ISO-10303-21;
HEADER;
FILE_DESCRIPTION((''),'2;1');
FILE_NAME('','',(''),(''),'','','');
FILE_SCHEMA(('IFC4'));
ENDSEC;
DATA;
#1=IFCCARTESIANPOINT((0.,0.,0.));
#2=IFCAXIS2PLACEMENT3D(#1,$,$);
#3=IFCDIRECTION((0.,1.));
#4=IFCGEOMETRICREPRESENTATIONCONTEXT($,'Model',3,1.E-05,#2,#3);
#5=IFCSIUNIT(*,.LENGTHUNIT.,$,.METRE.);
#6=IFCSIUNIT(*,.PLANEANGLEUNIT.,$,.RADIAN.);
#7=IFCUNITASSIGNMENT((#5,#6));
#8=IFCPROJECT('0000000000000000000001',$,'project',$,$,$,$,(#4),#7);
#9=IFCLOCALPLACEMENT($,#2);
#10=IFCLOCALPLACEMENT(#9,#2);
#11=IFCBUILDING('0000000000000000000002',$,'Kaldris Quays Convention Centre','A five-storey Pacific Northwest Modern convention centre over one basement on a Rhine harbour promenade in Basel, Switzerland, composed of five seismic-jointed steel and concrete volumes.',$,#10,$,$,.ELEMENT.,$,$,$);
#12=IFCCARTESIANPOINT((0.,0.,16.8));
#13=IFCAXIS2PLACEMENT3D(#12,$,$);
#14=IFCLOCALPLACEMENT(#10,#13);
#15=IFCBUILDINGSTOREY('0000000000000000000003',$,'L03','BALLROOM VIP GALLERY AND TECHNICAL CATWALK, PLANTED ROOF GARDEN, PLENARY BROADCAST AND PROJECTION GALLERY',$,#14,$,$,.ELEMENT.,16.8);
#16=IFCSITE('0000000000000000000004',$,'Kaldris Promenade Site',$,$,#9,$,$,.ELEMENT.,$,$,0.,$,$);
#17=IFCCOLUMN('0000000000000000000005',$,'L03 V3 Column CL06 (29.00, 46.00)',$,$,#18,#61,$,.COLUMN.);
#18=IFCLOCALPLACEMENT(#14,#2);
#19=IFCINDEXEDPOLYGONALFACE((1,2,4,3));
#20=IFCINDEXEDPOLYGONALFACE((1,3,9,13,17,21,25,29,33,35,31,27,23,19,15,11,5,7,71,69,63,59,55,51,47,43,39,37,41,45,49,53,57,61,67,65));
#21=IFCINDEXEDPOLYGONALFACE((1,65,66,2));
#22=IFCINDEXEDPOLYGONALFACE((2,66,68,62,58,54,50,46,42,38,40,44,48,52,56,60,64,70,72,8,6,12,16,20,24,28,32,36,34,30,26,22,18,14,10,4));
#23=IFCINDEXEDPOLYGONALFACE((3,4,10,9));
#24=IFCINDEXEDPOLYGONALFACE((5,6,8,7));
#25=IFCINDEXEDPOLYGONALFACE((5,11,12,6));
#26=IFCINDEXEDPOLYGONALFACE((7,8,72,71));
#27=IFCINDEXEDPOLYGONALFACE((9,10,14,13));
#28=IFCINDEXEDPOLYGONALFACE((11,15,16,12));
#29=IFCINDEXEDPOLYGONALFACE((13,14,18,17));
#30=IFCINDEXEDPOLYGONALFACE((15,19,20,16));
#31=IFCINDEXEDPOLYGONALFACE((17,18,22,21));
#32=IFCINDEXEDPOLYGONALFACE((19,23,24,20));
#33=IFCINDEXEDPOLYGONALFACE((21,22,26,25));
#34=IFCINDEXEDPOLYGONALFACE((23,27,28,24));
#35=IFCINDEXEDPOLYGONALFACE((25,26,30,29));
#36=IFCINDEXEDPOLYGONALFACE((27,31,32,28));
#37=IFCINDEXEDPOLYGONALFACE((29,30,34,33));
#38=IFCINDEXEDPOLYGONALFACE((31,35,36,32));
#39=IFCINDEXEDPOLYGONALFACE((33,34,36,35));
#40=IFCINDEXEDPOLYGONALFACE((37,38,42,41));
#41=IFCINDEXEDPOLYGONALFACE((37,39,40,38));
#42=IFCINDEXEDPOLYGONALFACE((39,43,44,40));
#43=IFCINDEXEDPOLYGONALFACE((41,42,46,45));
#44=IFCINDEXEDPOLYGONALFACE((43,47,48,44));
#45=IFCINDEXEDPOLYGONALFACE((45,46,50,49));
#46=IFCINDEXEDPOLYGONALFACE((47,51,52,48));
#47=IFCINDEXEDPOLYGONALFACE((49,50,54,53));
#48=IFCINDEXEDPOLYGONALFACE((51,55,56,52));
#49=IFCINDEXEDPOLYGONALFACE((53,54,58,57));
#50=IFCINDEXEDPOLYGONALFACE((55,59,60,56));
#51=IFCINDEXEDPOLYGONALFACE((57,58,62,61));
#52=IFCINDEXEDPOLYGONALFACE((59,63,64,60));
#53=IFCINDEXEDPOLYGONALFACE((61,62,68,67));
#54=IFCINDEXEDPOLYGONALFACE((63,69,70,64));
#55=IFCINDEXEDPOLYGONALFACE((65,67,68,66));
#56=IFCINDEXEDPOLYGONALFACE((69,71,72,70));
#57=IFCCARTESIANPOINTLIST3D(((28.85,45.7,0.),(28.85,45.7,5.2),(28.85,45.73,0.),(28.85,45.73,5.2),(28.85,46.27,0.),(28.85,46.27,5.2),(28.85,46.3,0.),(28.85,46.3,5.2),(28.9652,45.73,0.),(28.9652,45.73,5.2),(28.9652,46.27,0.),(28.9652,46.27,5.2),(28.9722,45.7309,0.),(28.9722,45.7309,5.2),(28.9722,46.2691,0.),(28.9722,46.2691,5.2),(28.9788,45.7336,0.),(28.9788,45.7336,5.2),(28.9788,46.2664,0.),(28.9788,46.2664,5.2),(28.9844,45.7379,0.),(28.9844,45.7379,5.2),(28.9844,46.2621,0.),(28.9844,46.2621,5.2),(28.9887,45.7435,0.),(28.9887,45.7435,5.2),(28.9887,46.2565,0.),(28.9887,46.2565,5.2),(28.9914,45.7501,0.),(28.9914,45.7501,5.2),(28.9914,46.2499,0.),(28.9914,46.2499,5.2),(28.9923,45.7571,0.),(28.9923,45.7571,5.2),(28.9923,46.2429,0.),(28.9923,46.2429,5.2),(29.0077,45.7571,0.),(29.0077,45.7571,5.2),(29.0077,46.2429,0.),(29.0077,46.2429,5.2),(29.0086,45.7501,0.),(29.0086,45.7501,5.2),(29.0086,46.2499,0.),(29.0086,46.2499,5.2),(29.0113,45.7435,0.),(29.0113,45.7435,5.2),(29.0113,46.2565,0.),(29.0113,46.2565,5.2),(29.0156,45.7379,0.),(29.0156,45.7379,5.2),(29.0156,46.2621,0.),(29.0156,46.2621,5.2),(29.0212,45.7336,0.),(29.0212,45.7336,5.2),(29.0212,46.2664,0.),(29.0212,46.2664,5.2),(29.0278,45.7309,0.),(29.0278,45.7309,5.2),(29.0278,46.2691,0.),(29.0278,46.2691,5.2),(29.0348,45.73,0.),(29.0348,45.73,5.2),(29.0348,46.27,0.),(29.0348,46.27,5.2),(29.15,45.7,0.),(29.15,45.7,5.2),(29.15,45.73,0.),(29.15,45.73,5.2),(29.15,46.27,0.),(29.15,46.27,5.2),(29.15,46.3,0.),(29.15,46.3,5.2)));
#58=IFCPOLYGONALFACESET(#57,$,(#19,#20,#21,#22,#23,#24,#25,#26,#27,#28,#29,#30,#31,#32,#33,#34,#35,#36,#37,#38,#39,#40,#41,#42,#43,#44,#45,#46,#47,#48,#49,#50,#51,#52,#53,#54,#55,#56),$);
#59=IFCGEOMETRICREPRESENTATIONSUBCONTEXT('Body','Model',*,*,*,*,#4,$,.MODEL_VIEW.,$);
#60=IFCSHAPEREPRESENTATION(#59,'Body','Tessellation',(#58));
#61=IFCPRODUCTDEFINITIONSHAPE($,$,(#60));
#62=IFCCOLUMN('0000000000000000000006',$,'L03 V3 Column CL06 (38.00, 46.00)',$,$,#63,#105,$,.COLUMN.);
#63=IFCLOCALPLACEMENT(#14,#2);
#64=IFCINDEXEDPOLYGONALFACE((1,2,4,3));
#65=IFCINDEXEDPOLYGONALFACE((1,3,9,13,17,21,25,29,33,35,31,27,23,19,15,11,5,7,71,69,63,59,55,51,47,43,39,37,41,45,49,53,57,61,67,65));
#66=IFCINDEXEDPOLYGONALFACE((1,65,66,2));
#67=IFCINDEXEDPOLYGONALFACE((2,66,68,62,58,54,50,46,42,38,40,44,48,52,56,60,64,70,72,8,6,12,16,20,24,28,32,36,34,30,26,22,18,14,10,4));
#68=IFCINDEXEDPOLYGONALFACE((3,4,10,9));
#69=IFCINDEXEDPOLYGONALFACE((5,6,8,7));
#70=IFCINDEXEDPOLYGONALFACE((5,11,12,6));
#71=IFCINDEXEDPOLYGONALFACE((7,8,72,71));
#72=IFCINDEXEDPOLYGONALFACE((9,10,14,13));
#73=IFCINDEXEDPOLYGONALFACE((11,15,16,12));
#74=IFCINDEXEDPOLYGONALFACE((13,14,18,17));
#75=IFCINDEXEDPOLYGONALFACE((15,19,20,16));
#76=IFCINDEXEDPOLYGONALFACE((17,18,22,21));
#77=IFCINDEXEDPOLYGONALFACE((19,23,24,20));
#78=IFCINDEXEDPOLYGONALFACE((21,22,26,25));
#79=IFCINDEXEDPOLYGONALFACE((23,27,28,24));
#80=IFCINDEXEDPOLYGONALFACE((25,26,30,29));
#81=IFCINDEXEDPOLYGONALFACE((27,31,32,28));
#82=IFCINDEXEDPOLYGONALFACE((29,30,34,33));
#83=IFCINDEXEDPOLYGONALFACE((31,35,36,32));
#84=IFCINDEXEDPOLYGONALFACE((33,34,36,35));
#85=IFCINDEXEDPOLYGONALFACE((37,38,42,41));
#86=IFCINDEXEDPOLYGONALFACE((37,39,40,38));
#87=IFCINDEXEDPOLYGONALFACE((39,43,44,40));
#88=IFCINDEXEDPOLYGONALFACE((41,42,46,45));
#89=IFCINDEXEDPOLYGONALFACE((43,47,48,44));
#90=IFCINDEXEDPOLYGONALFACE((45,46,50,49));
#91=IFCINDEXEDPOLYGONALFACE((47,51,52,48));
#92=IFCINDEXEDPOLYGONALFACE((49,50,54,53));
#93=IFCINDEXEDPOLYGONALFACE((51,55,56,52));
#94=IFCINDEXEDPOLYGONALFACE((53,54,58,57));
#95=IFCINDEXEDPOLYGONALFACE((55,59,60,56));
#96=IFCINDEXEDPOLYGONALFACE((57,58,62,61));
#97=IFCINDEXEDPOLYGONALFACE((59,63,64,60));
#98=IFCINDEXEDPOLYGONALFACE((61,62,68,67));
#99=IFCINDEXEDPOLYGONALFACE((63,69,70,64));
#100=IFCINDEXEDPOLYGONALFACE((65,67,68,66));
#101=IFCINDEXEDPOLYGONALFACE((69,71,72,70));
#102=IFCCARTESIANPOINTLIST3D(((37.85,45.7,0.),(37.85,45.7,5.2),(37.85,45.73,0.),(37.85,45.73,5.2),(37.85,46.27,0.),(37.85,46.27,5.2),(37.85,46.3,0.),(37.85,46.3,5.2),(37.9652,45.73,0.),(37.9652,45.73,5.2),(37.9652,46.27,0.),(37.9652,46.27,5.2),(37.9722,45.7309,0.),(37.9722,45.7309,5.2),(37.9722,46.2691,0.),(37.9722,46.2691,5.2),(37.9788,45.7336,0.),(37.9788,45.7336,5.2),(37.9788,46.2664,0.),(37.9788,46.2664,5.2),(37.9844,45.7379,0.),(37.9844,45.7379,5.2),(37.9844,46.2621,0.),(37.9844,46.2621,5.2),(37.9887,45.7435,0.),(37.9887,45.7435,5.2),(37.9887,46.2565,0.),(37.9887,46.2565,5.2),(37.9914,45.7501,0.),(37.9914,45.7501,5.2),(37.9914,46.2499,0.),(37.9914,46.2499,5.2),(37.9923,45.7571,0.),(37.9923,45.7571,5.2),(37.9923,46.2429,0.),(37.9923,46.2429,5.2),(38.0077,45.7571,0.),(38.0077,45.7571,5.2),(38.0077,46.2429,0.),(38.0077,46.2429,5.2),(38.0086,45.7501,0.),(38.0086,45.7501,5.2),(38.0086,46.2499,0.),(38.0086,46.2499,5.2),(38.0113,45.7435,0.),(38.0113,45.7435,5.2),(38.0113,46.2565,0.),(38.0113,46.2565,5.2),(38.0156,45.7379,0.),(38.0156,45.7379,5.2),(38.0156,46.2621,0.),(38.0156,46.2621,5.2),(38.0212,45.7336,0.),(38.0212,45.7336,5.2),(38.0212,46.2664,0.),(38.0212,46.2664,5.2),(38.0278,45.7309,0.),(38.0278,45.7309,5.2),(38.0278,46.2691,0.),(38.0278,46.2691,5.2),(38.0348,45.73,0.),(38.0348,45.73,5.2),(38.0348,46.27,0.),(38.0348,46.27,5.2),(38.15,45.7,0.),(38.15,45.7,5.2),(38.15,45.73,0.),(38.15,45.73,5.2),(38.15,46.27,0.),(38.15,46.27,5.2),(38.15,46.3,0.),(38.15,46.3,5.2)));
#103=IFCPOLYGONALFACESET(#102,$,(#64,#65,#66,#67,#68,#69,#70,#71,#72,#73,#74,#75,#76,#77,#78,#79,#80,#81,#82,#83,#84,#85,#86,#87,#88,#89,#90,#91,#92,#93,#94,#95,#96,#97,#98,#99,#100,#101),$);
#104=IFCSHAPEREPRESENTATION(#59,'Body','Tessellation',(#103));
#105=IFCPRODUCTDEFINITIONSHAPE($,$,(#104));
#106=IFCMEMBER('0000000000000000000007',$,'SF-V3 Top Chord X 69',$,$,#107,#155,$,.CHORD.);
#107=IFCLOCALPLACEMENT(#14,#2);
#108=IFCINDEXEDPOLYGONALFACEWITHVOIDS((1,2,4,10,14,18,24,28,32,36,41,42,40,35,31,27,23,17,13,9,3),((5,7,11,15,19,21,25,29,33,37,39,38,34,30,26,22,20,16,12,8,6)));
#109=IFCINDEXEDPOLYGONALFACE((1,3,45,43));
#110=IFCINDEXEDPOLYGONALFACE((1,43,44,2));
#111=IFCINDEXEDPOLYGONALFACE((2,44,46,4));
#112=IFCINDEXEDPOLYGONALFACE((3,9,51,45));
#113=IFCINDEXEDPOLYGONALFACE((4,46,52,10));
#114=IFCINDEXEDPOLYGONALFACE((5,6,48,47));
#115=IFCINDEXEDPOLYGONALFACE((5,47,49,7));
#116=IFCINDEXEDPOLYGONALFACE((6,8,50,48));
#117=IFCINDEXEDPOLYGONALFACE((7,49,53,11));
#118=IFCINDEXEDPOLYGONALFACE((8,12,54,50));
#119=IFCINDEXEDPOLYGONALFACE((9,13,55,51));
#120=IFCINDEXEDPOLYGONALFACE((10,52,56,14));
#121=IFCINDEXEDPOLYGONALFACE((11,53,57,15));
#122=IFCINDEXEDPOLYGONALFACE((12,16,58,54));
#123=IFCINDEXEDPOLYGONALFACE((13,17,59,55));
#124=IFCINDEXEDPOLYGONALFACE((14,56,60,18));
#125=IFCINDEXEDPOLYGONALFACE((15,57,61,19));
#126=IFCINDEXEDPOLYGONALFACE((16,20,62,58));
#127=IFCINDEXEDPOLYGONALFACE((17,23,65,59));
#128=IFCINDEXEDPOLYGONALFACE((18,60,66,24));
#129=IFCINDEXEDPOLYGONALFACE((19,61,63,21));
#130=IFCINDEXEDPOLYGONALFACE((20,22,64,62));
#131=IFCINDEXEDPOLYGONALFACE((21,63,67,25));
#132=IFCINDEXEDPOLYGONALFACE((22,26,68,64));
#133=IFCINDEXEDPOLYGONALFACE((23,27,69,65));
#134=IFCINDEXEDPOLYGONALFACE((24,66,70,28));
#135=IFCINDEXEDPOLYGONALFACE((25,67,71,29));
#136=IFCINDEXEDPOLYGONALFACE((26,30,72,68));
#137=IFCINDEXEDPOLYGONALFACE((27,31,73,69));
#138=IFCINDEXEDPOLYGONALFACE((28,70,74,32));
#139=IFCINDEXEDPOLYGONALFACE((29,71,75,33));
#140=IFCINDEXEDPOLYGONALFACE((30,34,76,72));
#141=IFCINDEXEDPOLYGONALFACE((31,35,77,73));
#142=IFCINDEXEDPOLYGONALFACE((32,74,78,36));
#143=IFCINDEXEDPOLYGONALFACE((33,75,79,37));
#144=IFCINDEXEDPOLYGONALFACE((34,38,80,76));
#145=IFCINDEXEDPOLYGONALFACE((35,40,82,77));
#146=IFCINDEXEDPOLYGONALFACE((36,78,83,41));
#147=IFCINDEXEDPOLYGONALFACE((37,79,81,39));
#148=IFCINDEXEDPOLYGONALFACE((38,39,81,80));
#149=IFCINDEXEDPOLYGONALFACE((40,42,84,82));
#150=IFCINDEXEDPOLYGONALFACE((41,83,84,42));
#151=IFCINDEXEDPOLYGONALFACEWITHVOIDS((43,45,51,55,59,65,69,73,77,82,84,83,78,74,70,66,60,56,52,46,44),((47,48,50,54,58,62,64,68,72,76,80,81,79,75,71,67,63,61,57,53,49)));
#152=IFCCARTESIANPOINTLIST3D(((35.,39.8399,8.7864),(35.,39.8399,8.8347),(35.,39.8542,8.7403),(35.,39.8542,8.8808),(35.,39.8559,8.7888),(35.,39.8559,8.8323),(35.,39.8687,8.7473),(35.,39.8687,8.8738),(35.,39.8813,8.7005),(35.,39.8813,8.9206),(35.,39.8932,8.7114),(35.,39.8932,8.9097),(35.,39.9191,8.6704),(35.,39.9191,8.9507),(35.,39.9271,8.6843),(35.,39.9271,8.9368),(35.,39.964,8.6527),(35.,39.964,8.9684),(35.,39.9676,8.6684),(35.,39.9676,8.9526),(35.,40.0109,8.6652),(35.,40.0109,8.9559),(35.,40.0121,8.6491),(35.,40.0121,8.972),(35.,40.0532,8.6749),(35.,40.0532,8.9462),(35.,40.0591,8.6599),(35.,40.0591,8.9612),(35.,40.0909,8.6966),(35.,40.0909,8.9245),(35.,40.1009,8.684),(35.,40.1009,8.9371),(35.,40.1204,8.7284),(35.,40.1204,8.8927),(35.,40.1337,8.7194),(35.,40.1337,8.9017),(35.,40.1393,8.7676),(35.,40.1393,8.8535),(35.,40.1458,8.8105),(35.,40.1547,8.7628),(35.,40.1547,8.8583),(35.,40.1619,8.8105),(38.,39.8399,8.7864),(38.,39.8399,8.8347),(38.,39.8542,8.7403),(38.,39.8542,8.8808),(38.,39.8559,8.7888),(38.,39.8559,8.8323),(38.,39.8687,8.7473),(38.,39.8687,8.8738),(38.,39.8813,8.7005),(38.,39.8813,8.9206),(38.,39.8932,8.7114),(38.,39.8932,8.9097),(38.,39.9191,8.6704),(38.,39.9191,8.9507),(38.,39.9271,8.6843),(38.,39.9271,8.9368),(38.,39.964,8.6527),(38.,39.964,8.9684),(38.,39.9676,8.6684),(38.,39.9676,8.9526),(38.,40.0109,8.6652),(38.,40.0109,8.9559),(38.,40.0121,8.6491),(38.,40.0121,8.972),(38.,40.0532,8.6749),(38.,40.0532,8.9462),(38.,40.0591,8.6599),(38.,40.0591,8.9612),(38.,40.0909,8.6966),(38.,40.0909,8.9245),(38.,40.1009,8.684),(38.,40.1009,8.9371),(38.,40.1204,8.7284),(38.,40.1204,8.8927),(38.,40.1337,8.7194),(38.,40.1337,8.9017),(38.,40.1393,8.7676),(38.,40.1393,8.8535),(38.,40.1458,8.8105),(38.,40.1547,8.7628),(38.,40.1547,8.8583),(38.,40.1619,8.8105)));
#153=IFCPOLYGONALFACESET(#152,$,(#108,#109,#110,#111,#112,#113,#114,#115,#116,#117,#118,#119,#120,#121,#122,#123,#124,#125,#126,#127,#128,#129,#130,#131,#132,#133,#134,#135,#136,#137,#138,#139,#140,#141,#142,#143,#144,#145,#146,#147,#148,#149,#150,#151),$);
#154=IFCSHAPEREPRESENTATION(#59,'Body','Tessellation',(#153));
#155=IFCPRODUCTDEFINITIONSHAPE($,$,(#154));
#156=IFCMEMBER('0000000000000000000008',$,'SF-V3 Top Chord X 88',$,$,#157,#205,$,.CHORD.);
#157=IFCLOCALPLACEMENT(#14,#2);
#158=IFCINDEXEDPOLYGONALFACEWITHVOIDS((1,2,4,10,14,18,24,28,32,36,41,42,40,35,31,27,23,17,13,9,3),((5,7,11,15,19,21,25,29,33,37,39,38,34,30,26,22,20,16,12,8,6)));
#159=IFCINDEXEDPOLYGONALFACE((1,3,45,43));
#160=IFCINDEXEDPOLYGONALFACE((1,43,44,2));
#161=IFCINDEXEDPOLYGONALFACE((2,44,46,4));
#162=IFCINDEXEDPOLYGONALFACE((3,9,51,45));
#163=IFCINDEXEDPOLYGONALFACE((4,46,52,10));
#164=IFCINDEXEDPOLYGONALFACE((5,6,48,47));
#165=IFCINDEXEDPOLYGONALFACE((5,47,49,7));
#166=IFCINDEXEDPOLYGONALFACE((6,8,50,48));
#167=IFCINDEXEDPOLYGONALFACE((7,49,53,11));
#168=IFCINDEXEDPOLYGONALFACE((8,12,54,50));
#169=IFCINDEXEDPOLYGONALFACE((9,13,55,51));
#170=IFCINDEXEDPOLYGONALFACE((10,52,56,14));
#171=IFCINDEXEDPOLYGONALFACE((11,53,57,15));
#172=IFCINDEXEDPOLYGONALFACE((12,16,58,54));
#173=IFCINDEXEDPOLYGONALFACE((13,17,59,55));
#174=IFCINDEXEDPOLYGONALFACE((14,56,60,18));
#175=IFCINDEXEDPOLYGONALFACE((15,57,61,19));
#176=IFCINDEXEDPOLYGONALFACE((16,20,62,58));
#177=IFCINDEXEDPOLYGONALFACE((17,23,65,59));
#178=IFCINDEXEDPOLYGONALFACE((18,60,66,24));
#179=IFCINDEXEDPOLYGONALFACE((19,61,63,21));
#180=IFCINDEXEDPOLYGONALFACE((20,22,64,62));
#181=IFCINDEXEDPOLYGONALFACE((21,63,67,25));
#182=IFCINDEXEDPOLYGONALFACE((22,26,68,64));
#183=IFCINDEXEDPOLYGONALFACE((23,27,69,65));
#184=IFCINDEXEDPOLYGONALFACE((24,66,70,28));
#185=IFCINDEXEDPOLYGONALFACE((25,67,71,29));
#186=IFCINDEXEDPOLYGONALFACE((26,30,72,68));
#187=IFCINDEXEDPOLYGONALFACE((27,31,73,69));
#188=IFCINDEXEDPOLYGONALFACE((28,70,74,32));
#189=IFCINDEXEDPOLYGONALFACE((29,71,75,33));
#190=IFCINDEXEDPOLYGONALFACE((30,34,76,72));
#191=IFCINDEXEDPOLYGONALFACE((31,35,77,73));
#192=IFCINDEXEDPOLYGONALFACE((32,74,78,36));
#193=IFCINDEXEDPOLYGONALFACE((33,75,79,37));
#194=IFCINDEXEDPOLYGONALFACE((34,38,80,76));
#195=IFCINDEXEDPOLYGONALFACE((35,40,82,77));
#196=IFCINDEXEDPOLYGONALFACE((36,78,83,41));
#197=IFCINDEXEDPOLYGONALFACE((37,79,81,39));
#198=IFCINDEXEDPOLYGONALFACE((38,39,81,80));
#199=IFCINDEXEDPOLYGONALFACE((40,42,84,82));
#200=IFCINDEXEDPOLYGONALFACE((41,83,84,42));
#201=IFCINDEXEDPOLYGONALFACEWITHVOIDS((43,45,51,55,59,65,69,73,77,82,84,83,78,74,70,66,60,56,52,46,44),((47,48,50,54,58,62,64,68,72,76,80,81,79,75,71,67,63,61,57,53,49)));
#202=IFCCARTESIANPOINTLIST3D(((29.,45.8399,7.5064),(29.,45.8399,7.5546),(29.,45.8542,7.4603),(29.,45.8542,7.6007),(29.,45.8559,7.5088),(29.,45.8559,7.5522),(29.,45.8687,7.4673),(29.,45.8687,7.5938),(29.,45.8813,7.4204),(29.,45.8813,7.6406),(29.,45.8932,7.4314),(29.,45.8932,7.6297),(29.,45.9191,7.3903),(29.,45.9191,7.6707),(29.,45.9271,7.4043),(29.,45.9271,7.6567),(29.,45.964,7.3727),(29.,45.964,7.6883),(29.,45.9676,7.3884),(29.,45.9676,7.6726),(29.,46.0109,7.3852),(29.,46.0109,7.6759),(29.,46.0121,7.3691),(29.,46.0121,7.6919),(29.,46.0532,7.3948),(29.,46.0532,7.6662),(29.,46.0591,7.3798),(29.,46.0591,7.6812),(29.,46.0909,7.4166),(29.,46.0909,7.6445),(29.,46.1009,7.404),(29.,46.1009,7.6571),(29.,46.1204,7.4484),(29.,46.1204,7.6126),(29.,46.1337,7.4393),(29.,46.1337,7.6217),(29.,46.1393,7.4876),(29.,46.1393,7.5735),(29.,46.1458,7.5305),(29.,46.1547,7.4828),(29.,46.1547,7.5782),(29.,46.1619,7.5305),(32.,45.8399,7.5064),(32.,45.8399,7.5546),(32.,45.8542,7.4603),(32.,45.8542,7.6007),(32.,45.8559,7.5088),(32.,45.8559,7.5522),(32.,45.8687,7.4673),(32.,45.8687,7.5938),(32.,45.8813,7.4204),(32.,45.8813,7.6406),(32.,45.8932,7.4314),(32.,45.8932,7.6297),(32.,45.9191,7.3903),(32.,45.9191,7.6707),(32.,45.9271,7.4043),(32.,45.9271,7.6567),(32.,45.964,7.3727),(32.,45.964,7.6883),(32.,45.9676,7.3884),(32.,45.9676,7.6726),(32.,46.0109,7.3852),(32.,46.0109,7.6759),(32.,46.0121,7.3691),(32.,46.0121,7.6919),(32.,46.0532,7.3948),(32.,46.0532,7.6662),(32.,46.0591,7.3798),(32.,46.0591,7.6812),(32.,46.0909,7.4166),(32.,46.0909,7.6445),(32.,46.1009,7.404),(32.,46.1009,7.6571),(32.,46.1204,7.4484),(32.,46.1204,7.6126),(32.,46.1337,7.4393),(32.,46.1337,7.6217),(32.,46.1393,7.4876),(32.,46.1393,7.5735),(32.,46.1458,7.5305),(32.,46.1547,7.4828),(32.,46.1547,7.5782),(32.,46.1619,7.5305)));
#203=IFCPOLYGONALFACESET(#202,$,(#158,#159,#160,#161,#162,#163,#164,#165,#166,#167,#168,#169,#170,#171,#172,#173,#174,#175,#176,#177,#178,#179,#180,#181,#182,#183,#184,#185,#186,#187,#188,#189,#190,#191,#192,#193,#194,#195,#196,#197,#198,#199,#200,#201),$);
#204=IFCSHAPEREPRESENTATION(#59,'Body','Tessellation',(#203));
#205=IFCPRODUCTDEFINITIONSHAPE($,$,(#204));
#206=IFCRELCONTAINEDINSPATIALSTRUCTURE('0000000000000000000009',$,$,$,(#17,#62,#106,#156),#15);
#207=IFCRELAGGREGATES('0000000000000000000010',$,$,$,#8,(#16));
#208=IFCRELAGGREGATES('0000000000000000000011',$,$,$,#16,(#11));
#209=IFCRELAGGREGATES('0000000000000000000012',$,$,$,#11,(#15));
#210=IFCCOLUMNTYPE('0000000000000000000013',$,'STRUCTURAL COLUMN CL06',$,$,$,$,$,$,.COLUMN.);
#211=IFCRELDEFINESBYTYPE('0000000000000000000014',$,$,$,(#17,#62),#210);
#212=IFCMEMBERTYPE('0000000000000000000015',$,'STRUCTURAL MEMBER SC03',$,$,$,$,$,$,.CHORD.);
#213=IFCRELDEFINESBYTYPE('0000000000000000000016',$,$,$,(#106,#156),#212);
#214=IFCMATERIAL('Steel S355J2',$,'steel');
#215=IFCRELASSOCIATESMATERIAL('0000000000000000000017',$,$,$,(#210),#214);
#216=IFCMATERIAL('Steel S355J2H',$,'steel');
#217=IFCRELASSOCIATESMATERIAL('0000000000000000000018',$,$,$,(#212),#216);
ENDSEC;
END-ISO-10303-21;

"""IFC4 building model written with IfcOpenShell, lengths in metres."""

from ifc_helpers import new_model, si_unit, direction, frame, origin, origin_2d, place, context, subcontext, project, spatial, hollow_circle, i_section, extrude, material, material_profile, profile_set, type_object, element, save


model = new_model("IFC4")

# Units and contexts
model_context = context("Model", 3, precision=1e-05, world=origin(), true_north=direction((0.0, 1.0)))
body_context = subcontext(model_context, "Body", "Model", "MODEL_VIEW")
ifc_project = project(units=[si_unit("LENGTHUNIT", "METRE"), si_unit("PLANEANGLEUNIT", "RADIAN")], contexts=[model_context])

# Site, building, storey
site_placement = place(None, origin())
site = spatial("IfcSite", under=ifc_project, at=site_placement, Name="Kaldris Promenade Site", CompositionType="ELEMENT", RefElevation=0.0)
building_placement = place(site_placement, origin())
building = spatial("IfcBuilding", under=site, at=building_placement, Name="Kaldris Quays Convention Centre", Description="A five-storey Pacific Northwest Modern convention centre over one basement on a Rhine harbour promenade in Basel, Switzerland, composed of five seismic-jointed steel and concrete volumes.", CompositionType="ELEMENT")
storey_placement = place(building_placement, frame((0.0, 0.0, 16.8)))
storey = spatial("IfcBuildingStorey", under=building, at=storey_placement, Name="L03", Description="BALLROOM VIP GALLERY AND TECHNICAL CATWALK, PLANTED ROOF GARDEN, PLENARY BROADCAST AND PROJECTION GALLERY", CompositionType="ELEMENT", Elevation=16.8)

# Columns
ifc_material_1 = material(Name="Steel S355J2", Category="steel")
ifc_material_profile_1 = material_profile(ifc_material_1, i_section(OverallWidth=0.3, OverallDepth=0.6001, WebThickness=0.0154, FlangeThickness=0.03, FilletRadius=0.0271, at=origin_2d()), Name="HEB 600")
ifc_profile_set_1 = profile_set([ifc_material_profile_1], Name="Steel S355J2")
column_type = type_object("IfcColumnType", Name="STRUCTURAL COLUMN CL06", PredefinedType="COLUMN", material=ifc_profile_set_1)
for number, where, z_axis, x_axis, name in (
    (1, (29.0, 46.0, 0.0), (0.0, 0.0, 1.0), (1.0, 0.0, 0.0), "L03 V3 Column CL06 (29.00, 46.00)"),
    (2, (38.0, 46.0, 0.0), (0.0, 0.0, 1.0), (1.0, 0.0, 0.0), "L03 V3 Column CL06 (38.00, 46.00)"),
):
    element("IfcColumn", number, at=place(storey_placement, frame(where, z_axis=z_axis, x_axis=x_axis)), inside=storey, type_object=column_type, Name=name, PredefinedType="COLUMN", context=body_context, shape_type="SweptSolid", body=[
        extrude(i_section(OverallWidth=0.3, OverallDepth=0.6001, WebThickness=0.0154, FlangeThickness=0.03, FilletRadius=0.0271, at=origin_2d()), origin(), (0.0, 0.0, 1.0), 5.2),
    ])

# Members
ifc_material_2 = material(Name="Steel S355J2H", Category="steel")
ifc_material_profile_2 = material_profile(ifc_material_2, hollow_circle(Radius=0.1619, WallThickness=0.0161, at=origin_2d()), Name="CHS 323.9x16")
ifc_profile_set_2 = profile_set([ifc_material_profile_2], Name="Steel S355J2H")
member_type_1 = type_object("IfcMemberType", Name="STRUCTURAL MEMBER SC03", PredefinedType="CHORD", material=ifc_profile_set_2)
for number, where, z_axis, x_axis, name in (
    (3, (35.0, 40.0, 8.8105), (1.0, 0.0, 0.0), (0.0, 1.0, 0.0), "SF-V3 Top Chord X 69"),
    (4, (29.0, 46.0, 7.5305), (1.0, 0.0, 0.0), (0.0, 1.0, 0.0), "SF-V3 Top Chord X 88"),
):
    element("IfcMember", number, at=place(storey_placement, frame(where, z_axis=z_axis, x_axis=x_axis)), inside=storey, type_object=member_type_1, Name=name, PredefinedType="CHORD", context=body_context, shape_type="SweptSolid", body=[
        extrude(hollow_circle(Radius=0.1619, WallThickness=0.0161, at=origin_2d()), origin(), (0.0, 0.0, 1.0), 3.0),
    ])

save(model, "model.ifc")
